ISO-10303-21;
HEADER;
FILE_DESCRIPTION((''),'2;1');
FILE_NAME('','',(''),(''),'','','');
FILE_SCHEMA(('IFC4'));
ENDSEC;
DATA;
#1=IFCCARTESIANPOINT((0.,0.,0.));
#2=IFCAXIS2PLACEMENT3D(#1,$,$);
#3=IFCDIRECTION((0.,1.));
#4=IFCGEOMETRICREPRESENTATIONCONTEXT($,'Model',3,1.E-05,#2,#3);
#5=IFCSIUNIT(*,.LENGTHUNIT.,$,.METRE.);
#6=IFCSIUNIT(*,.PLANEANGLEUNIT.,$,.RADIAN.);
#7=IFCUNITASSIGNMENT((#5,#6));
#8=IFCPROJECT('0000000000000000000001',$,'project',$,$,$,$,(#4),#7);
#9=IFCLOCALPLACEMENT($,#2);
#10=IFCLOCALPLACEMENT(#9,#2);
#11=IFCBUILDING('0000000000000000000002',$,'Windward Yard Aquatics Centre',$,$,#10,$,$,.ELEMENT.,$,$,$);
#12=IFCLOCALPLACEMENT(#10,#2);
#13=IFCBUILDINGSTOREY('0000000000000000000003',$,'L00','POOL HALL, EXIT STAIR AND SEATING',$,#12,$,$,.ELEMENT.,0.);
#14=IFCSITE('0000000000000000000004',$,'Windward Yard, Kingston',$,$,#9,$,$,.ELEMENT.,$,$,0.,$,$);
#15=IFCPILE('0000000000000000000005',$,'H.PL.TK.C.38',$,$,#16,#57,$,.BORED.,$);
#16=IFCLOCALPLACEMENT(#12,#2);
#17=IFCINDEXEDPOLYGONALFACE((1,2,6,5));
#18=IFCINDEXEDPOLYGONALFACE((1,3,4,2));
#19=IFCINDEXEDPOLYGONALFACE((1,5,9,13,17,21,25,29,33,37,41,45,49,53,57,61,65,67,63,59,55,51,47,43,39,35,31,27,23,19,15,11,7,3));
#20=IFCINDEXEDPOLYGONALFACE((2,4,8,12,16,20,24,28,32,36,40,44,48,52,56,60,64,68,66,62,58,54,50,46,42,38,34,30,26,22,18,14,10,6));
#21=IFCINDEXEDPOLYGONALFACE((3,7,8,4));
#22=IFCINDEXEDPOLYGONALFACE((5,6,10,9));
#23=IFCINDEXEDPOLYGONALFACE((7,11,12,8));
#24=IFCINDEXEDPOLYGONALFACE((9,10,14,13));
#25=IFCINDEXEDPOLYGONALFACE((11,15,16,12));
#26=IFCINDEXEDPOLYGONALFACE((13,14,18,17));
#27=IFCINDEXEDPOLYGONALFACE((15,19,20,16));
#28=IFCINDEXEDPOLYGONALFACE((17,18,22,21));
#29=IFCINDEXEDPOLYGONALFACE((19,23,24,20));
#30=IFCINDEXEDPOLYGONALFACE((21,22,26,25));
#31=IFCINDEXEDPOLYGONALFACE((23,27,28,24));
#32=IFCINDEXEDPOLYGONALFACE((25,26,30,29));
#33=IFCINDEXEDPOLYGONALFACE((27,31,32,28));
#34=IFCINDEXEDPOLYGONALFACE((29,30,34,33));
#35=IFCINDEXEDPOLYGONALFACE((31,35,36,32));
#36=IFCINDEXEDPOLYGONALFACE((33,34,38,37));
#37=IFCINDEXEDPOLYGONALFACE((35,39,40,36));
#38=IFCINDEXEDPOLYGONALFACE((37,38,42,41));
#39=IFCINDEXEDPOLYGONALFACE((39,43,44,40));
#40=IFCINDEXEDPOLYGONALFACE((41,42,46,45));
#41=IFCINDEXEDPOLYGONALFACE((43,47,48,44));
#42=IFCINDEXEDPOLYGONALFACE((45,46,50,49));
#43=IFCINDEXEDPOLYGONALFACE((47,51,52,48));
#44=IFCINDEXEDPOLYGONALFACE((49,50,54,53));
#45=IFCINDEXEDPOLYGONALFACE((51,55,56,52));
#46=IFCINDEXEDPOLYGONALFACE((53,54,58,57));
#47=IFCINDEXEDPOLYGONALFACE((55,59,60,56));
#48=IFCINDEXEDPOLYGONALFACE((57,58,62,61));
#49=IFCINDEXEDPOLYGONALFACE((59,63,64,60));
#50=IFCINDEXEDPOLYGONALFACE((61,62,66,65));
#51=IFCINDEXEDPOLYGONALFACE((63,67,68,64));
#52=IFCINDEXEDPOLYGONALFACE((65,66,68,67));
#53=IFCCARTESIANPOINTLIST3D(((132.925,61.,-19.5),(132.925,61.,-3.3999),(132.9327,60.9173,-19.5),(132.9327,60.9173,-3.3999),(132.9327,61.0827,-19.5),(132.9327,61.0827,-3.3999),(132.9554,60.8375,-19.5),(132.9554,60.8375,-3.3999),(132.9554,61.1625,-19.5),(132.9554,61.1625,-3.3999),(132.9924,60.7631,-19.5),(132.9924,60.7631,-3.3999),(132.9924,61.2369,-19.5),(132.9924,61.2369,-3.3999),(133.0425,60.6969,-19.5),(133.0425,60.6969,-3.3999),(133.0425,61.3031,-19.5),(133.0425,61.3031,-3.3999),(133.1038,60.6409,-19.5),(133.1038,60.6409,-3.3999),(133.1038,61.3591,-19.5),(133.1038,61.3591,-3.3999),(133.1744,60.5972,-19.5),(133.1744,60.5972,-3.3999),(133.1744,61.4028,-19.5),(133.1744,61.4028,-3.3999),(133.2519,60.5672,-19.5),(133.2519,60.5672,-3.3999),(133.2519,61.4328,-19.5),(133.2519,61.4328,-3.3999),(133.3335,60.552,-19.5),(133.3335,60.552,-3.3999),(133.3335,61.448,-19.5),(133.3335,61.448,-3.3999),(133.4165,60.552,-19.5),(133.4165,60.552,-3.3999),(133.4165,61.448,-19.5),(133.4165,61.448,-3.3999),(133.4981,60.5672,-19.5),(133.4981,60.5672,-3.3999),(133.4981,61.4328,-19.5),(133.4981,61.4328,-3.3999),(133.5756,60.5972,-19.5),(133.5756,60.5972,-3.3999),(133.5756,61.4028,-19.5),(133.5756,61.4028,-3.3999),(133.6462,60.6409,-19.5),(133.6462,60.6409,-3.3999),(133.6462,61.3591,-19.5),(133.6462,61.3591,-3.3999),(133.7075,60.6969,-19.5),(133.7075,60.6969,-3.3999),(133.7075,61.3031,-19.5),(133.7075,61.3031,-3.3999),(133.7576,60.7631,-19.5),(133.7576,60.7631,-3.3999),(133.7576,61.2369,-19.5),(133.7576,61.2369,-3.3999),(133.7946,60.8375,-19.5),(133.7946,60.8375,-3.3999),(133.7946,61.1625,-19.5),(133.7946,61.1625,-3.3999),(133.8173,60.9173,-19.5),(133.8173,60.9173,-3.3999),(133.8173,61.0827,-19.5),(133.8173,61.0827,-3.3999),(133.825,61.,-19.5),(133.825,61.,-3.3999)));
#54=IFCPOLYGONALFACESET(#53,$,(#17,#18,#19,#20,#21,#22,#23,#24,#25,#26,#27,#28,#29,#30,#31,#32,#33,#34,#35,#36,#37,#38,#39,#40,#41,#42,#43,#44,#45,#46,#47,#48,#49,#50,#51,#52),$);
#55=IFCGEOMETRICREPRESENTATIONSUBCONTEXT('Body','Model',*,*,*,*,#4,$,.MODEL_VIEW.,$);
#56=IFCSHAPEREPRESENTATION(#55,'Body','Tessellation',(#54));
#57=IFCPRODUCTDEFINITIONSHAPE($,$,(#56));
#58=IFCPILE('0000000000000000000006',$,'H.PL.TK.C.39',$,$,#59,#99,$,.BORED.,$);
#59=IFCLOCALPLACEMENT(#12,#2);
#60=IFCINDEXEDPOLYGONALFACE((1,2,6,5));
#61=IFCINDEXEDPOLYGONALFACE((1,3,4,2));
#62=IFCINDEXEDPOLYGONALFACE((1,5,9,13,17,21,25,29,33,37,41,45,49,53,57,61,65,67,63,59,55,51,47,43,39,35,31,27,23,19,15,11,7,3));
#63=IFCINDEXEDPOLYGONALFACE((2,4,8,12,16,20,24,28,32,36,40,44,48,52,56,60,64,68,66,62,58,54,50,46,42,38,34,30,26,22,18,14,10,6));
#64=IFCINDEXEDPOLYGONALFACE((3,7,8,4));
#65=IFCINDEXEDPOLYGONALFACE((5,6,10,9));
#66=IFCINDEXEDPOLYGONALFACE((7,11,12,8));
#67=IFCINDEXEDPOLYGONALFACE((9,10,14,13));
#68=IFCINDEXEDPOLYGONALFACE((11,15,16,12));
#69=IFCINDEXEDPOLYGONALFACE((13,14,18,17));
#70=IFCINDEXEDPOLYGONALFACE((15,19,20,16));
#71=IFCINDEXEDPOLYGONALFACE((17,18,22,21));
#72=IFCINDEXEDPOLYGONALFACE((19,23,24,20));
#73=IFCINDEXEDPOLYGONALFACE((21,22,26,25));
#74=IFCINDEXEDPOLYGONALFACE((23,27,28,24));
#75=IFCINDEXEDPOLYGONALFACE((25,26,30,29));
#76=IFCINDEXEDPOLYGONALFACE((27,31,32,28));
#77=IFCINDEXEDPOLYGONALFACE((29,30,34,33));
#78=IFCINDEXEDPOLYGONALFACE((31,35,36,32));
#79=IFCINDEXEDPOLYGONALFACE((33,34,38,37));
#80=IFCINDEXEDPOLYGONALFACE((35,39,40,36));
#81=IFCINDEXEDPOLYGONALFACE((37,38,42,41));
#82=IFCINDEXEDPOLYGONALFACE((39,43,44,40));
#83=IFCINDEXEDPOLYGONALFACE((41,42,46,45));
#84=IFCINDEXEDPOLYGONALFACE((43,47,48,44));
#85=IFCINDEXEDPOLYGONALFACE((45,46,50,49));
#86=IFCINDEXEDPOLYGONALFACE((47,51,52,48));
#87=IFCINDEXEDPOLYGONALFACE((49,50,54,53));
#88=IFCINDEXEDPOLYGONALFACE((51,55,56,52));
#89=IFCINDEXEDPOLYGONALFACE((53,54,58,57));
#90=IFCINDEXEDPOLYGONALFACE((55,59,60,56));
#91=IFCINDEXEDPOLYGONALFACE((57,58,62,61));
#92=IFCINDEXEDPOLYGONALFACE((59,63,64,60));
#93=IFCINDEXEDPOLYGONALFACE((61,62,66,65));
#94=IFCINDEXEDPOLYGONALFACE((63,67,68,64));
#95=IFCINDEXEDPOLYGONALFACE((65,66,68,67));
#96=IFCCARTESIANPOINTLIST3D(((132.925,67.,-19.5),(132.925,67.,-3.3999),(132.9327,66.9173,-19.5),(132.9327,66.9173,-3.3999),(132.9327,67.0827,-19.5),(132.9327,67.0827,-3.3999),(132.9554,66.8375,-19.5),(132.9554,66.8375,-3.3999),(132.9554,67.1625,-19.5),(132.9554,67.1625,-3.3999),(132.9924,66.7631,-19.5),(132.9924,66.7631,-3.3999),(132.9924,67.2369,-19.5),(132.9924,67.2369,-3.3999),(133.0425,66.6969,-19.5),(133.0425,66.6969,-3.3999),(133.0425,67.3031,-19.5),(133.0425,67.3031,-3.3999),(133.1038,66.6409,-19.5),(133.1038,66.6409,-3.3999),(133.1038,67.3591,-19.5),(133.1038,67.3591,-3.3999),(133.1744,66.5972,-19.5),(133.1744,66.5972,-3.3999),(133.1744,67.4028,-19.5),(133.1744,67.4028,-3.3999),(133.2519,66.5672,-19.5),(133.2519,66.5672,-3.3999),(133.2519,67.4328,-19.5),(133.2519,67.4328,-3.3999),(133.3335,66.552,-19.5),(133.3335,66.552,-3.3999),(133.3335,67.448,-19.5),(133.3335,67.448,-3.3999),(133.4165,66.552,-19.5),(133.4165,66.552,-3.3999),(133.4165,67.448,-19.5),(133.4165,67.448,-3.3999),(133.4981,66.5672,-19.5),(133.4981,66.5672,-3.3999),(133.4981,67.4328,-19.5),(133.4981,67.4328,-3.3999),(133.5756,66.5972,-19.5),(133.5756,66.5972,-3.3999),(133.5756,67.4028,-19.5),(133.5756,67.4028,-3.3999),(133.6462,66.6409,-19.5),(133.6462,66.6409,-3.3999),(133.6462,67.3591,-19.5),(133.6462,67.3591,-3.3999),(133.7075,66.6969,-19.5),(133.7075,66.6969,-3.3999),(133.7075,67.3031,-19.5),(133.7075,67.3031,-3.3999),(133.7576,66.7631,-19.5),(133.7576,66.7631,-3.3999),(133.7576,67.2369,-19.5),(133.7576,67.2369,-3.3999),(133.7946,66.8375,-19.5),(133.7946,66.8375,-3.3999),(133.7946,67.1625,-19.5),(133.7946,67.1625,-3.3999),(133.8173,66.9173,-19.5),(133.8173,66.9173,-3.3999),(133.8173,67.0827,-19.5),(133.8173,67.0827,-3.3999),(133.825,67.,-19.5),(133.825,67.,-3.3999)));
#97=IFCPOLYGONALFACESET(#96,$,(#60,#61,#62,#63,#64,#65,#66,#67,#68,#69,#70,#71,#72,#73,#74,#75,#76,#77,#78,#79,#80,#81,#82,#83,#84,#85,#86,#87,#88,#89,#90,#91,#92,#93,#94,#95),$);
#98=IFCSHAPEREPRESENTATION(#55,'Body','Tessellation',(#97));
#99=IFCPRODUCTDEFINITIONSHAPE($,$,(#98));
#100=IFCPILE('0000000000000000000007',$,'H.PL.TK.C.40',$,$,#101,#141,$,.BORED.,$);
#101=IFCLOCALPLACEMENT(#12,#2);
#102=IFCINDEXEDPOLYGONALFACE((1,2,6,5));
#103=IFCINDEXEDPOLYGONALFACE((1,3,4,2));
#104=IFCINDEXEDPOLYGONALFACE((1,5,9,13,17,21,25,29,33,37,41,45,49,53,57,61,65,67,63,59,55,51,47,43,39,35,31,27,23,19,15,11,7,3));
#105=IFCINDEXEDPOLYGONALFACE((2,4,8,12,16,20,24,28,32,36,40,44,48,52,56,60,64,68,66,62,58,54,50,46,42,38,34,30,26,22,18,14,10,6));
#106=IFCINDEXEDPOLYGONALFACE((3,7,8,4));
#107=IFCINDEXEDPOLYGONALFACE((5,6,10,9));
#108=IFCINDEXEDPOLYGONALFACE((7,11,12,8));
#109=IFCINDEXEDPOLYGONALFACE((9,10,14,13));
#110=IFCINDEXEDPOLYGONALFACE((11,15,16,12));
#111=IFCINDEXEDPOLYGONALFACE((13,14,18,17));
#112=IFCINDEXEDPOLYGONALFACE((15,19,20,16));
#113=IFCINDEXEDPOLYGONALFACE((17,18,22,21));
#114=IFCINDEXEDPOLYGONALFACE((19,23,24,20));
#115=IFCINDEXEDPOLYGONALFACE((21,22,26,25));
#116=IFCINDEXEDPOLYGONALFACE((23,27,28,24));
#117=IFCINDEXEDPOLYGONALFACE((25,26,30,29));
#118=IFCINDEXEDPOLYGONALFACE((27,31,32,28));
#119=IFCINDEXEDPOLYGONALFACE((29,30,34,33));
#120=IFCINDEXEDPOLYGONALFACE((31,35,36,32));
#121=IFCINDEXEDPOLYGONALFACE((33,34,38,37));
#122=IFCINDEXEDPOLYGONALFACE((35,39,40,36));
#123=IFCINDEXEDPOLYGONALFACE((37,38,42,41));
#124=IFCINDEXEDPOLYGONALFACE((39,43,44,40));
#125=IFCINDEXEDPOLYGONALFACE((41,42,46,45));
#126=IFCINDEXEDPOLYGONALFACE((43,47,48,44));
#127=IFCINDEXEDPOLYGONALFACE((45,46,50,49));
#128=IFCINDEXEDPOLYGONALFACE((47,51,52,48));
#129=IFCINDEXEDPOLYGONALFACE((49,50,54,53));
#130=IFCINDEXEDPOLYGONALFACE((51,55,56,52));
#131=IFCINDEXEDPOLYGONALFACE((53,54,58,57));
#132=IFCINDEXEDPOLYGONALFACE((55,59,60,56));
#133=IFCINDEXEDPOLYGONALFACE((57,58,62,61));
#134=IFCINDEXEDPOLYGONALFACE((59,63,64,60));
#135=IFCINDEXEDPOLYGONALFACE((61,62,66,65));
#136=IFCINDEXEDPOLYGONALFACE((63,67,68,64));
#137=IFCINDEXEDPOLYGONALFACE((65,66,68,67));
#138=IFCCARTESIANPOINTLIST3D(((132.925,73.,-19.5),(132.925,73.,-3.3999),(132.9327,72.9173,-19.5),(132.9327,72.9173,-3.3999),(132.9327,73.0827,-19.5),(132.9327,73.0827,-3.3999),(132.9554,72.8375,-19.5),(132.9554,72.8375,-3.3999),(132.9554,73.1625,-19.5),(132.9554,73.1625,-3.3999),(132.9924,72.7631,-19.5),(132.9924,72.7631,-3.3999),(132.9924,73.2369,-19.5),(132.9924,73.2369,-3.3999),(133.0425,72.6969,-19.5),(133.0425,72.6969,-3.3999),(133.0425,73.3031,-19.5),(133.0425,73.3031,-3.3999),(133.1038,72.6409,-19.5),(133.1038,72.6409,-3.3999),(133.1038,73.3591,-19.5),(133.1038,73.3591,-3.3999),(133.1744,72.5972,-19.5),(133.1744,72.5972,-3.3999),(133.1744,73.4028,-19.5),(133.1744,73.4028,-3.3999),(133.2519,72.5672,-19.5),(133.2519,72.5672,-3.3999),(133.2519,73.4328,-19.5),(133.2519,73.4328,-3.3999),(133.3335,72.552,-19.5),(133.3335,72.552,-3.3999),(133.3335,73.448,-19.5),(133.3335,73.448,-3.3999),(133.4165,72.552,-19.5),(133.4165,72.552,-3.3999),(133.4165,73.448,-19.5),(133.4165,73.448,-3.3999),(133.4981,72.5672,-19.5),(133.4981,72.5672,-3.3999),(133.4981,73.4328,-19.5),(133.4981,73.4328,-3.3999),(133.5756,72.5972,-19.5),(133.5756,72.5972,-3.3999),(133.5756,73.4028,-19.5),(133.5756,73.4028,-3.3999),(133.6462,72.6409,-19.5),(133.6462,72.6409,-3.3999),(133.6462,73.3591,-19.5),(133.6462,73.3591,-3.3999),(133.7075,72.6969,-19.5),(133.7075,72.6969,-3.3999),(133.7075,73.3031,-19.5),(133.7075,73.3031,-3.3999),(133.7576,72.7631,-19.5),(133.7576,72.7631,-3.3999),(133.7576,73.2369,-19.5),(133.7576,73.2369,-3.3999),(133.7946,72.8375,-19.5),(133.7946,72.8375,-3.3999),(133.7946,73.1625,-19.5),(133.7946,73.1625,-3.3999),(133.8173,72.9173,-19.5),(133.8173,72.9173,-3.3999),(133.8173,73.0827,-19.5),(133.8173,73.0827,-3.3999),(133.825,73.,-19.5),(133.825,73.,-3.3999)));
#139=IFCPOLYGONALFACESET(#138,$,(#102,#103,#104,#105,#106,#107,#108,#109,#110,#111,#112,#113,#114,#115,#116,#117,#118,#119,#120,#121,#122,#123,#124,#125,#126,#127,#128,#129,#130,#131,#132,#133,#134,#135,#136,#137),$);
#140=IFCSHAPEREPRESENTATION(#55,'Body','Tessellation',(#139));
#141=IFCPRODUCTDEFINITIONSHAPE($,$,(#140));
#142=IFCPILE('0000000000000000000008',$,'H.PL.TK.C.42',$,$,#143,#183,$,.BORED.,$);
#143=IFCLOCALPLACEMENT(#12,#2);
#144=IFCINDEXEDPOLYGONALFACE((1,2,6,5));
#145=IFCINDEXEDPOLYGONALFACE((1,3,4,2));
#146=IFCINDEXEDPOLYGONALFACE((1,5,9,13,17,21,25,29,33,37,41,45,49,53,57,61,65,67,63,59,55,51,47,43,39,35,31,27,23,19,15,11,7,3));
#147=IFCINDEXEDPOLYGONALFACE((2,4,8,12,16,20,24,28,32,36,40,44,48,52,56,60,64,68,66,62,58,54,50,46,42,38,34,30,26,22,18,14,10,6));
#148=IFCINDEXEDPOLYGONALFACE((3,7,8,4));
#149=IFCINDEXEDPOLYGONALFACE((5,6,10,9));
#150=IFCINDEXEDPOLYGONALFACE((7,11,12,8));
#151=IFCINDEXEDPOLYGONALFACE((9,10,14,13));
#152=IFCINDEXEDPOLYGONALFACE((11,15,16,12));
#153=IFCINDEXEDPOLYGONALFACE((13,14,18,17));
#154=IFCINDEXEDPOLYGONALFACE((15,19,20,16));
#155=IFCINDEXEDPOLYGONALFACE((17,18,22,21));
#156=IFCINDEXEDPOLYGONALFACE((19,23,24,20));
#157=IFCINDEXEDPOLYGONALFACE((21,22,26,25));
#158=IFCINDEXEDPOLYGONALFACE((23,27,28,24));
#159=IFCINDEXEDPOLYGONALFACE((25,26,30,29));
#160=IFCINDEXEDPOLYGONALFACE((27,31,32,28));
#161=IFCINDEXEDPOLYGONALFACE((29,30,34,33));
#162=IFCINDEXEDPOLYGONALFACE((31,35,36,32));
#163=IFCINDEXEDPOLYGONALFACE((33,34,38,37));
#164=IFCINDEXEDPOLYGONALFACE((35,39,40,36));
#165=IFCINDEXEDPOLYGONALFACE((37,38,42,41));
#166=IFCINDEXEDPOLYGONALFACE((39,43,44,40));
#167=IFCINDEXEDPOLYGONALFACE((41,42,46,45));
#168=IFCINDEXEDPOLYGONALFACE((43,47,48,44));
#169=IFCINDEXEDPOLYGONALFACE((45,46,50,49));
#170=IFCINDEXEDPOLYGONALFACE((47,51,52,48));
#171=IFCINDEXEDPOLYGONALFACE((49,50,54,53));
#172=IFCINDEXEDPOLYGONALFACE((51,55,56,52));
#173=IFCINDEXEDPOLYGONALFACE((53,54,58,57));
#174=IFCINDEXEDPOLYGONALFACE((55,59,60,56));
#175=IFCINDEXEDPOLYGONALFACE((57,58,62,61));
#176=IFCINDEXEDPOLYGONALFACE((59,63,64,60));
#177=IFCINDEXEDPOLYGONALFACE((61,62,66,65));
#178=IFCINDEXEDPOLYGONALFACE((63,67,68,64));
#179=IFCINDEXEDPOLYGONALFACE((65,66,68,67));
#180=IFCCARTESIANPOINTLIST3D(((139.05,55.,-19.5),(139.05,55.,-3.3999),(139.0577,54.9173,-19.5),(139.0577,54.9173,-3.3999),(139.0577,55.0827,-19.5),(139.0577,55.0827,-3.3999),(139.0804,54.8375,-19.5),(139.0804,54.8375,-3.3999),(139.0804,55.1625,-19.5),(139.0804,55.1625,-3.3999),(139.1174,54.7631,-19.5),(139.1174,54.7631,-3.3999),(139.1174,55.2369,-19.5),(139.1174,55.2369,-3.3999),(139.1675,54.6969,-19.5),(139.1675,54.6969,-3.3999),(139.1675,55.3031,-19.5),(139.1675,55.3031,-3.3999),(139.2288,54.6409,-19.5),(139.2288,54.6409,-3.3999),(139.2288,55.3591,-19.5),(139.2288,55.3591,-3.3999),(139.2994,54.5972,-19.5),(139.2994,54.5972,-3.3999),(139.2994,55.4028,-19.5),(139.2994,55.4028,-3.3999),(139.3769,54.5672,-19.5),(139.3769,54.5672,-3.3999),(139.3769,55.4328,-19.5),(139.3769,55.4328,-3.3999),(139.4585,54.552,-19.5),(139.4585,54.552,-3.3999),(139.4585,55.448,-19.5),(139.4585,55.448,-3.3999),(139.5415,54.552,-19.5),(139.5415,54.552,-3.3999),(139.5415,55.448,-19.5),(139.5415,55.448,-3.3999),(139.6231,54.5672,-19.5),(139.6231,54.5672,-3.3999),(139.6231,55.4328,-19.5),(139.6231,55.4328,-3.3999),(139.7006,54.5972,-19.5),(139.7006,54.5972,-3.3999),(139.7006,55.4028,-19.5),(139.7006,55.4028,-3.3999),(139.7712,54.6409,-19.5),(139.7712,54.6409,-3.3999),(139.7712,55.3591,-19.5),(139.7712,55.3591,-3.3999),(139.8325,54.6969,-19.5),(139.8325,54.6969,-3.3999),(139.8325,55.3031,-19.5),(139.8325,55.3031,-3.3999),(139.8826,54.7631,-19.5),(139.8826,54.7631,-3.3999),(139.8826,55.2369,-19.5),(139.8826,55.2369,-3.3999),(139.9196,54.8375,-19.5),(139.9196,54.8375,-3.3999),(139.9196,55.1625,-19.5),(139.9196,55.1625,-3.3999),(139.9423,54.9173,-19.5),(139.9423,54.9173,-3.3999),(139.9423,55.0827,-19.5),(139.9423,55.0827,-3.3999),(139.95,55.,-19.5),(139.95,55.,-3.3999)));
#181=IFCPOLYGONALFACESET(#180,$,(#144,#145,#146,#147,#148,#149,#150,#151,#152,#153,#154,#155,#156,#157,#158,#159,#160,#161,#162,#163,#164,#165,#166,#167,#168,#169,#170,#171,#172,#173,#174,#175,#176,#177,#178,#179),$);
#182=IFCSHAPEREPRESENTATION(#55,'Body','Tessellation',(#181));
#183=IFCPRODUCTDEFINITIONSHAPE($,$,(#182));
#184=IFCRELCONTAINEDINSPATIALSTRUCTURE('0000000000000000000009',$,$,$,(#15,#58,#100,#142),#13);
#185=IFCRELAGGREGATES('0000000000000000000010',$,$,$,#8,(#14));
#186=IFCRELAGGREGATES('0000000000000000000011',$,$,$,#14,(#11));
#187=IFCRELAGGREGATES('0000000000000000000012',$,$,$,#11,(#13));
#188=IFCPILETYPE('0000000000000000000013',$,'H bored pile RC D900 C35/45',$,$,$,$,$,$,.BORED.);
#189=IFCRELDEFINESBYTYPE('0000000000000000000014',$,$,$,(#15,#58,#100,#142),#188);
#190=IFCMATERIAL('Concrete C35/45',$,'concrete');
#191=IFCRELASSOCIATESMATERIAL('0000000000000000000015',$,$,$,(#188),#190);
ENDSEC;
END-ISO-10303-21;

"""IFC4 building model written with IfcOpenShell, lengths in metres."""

from ifc_helpers import new_model, si_unit, direction, frame, origin, origin_2d, place, context, subcontext, project, spatial, circle, extrude, material, material_profile, profile_set, type_object, element, save


model = new_model("IFC4")

# Units and contexts
model_context = context("Model", 3, precision=1e-05, world=origin(), true_north=direction((0.0, 1.0)))
body_context = subcontext(model_context, "Body", "Model", "MODEL_VIEW")
ifc_project = project(units=[si_unit("LENGTHUNIT", "METRE"), si_unit("PLANEANGLEUNIT", "RADIAN")], contexts=[model_context])

# Site, building, storey
site_placement = place(None, origin())
site = spatial("IfcSite", under=ifc_project, at=site_placement, Name="Windward Yard, Kingston", CompositionType="ELEMENT", RefElevation=0.0)
building_placement = place(site_placement, origin())
building = spatial("IfcBuilding", under=site, at=building_placement, Name="Windward Yard Aquatics Centre", CompositionType="ELEMENT")
storey_placement = place(building_placement, origin())
storey = spatial("IfcBuildingStorey", under=building, at=storey_placement, Name="L00", Description="POOL HALL, EXIT STAIR AND SEATING", CompositionType="ELEMENT", Elevation=0.0)

# Piles
ifc_material_1 = material(Name="Concrete C35/45", Category="concrete")
ifc_material_profile = material_profile(ifc_material_1, circle(Radius=0.45, at=origin_2d()), Name="RC D900")
ifc_profile_set = profile_set([ifc_material_profile], Name="Concrete C35/45")
pile_type = type_object("IfcPileType", Name="H bored pile RC D900 C35/45", PredefinedType="BORED", material=ifc_profile_set)
for number, where, z_axis, x_axis, name in (
    (1, (133.375, 61.0, -3.3999), (0.0, 0.0, -1.0), (1.0, 0.0, 0.0), "H.PL.TK.C.38"),
    (2, (133.375, 67.0, -3.3999), (0.0, 0.0, -1.0), (1.0, 0.0, 0.0), "H.PL.TK.C.39"),
    (3, (133.375, 73.0, -3.3999), (0.0, 0.0, -1.0), (1.0, 0.0, 0.0), "H.PL.TK.C.40"),
    (4, (139.5, 55.0, -3.3999), (0.0, 0.0, -1.0), (1.0, 0.0, 0.0), "H.PL.TK.C.42"),
):
    element("IfcPile", number, at=place(storey_placement, frame(where, z_axis=z_axis, x_axis=x_axis)), inside=storey, type_object=pile_type, Name=name, PredefinedType="BORED", context=body_context, shape_type="SweptSolid", body=[
        extrude(circle(Radius=0.45, at=origin_2d()), origin(), (0.0, 0.0, 1.0), 16.1001),
    ])

save(model, "model.ifc")
